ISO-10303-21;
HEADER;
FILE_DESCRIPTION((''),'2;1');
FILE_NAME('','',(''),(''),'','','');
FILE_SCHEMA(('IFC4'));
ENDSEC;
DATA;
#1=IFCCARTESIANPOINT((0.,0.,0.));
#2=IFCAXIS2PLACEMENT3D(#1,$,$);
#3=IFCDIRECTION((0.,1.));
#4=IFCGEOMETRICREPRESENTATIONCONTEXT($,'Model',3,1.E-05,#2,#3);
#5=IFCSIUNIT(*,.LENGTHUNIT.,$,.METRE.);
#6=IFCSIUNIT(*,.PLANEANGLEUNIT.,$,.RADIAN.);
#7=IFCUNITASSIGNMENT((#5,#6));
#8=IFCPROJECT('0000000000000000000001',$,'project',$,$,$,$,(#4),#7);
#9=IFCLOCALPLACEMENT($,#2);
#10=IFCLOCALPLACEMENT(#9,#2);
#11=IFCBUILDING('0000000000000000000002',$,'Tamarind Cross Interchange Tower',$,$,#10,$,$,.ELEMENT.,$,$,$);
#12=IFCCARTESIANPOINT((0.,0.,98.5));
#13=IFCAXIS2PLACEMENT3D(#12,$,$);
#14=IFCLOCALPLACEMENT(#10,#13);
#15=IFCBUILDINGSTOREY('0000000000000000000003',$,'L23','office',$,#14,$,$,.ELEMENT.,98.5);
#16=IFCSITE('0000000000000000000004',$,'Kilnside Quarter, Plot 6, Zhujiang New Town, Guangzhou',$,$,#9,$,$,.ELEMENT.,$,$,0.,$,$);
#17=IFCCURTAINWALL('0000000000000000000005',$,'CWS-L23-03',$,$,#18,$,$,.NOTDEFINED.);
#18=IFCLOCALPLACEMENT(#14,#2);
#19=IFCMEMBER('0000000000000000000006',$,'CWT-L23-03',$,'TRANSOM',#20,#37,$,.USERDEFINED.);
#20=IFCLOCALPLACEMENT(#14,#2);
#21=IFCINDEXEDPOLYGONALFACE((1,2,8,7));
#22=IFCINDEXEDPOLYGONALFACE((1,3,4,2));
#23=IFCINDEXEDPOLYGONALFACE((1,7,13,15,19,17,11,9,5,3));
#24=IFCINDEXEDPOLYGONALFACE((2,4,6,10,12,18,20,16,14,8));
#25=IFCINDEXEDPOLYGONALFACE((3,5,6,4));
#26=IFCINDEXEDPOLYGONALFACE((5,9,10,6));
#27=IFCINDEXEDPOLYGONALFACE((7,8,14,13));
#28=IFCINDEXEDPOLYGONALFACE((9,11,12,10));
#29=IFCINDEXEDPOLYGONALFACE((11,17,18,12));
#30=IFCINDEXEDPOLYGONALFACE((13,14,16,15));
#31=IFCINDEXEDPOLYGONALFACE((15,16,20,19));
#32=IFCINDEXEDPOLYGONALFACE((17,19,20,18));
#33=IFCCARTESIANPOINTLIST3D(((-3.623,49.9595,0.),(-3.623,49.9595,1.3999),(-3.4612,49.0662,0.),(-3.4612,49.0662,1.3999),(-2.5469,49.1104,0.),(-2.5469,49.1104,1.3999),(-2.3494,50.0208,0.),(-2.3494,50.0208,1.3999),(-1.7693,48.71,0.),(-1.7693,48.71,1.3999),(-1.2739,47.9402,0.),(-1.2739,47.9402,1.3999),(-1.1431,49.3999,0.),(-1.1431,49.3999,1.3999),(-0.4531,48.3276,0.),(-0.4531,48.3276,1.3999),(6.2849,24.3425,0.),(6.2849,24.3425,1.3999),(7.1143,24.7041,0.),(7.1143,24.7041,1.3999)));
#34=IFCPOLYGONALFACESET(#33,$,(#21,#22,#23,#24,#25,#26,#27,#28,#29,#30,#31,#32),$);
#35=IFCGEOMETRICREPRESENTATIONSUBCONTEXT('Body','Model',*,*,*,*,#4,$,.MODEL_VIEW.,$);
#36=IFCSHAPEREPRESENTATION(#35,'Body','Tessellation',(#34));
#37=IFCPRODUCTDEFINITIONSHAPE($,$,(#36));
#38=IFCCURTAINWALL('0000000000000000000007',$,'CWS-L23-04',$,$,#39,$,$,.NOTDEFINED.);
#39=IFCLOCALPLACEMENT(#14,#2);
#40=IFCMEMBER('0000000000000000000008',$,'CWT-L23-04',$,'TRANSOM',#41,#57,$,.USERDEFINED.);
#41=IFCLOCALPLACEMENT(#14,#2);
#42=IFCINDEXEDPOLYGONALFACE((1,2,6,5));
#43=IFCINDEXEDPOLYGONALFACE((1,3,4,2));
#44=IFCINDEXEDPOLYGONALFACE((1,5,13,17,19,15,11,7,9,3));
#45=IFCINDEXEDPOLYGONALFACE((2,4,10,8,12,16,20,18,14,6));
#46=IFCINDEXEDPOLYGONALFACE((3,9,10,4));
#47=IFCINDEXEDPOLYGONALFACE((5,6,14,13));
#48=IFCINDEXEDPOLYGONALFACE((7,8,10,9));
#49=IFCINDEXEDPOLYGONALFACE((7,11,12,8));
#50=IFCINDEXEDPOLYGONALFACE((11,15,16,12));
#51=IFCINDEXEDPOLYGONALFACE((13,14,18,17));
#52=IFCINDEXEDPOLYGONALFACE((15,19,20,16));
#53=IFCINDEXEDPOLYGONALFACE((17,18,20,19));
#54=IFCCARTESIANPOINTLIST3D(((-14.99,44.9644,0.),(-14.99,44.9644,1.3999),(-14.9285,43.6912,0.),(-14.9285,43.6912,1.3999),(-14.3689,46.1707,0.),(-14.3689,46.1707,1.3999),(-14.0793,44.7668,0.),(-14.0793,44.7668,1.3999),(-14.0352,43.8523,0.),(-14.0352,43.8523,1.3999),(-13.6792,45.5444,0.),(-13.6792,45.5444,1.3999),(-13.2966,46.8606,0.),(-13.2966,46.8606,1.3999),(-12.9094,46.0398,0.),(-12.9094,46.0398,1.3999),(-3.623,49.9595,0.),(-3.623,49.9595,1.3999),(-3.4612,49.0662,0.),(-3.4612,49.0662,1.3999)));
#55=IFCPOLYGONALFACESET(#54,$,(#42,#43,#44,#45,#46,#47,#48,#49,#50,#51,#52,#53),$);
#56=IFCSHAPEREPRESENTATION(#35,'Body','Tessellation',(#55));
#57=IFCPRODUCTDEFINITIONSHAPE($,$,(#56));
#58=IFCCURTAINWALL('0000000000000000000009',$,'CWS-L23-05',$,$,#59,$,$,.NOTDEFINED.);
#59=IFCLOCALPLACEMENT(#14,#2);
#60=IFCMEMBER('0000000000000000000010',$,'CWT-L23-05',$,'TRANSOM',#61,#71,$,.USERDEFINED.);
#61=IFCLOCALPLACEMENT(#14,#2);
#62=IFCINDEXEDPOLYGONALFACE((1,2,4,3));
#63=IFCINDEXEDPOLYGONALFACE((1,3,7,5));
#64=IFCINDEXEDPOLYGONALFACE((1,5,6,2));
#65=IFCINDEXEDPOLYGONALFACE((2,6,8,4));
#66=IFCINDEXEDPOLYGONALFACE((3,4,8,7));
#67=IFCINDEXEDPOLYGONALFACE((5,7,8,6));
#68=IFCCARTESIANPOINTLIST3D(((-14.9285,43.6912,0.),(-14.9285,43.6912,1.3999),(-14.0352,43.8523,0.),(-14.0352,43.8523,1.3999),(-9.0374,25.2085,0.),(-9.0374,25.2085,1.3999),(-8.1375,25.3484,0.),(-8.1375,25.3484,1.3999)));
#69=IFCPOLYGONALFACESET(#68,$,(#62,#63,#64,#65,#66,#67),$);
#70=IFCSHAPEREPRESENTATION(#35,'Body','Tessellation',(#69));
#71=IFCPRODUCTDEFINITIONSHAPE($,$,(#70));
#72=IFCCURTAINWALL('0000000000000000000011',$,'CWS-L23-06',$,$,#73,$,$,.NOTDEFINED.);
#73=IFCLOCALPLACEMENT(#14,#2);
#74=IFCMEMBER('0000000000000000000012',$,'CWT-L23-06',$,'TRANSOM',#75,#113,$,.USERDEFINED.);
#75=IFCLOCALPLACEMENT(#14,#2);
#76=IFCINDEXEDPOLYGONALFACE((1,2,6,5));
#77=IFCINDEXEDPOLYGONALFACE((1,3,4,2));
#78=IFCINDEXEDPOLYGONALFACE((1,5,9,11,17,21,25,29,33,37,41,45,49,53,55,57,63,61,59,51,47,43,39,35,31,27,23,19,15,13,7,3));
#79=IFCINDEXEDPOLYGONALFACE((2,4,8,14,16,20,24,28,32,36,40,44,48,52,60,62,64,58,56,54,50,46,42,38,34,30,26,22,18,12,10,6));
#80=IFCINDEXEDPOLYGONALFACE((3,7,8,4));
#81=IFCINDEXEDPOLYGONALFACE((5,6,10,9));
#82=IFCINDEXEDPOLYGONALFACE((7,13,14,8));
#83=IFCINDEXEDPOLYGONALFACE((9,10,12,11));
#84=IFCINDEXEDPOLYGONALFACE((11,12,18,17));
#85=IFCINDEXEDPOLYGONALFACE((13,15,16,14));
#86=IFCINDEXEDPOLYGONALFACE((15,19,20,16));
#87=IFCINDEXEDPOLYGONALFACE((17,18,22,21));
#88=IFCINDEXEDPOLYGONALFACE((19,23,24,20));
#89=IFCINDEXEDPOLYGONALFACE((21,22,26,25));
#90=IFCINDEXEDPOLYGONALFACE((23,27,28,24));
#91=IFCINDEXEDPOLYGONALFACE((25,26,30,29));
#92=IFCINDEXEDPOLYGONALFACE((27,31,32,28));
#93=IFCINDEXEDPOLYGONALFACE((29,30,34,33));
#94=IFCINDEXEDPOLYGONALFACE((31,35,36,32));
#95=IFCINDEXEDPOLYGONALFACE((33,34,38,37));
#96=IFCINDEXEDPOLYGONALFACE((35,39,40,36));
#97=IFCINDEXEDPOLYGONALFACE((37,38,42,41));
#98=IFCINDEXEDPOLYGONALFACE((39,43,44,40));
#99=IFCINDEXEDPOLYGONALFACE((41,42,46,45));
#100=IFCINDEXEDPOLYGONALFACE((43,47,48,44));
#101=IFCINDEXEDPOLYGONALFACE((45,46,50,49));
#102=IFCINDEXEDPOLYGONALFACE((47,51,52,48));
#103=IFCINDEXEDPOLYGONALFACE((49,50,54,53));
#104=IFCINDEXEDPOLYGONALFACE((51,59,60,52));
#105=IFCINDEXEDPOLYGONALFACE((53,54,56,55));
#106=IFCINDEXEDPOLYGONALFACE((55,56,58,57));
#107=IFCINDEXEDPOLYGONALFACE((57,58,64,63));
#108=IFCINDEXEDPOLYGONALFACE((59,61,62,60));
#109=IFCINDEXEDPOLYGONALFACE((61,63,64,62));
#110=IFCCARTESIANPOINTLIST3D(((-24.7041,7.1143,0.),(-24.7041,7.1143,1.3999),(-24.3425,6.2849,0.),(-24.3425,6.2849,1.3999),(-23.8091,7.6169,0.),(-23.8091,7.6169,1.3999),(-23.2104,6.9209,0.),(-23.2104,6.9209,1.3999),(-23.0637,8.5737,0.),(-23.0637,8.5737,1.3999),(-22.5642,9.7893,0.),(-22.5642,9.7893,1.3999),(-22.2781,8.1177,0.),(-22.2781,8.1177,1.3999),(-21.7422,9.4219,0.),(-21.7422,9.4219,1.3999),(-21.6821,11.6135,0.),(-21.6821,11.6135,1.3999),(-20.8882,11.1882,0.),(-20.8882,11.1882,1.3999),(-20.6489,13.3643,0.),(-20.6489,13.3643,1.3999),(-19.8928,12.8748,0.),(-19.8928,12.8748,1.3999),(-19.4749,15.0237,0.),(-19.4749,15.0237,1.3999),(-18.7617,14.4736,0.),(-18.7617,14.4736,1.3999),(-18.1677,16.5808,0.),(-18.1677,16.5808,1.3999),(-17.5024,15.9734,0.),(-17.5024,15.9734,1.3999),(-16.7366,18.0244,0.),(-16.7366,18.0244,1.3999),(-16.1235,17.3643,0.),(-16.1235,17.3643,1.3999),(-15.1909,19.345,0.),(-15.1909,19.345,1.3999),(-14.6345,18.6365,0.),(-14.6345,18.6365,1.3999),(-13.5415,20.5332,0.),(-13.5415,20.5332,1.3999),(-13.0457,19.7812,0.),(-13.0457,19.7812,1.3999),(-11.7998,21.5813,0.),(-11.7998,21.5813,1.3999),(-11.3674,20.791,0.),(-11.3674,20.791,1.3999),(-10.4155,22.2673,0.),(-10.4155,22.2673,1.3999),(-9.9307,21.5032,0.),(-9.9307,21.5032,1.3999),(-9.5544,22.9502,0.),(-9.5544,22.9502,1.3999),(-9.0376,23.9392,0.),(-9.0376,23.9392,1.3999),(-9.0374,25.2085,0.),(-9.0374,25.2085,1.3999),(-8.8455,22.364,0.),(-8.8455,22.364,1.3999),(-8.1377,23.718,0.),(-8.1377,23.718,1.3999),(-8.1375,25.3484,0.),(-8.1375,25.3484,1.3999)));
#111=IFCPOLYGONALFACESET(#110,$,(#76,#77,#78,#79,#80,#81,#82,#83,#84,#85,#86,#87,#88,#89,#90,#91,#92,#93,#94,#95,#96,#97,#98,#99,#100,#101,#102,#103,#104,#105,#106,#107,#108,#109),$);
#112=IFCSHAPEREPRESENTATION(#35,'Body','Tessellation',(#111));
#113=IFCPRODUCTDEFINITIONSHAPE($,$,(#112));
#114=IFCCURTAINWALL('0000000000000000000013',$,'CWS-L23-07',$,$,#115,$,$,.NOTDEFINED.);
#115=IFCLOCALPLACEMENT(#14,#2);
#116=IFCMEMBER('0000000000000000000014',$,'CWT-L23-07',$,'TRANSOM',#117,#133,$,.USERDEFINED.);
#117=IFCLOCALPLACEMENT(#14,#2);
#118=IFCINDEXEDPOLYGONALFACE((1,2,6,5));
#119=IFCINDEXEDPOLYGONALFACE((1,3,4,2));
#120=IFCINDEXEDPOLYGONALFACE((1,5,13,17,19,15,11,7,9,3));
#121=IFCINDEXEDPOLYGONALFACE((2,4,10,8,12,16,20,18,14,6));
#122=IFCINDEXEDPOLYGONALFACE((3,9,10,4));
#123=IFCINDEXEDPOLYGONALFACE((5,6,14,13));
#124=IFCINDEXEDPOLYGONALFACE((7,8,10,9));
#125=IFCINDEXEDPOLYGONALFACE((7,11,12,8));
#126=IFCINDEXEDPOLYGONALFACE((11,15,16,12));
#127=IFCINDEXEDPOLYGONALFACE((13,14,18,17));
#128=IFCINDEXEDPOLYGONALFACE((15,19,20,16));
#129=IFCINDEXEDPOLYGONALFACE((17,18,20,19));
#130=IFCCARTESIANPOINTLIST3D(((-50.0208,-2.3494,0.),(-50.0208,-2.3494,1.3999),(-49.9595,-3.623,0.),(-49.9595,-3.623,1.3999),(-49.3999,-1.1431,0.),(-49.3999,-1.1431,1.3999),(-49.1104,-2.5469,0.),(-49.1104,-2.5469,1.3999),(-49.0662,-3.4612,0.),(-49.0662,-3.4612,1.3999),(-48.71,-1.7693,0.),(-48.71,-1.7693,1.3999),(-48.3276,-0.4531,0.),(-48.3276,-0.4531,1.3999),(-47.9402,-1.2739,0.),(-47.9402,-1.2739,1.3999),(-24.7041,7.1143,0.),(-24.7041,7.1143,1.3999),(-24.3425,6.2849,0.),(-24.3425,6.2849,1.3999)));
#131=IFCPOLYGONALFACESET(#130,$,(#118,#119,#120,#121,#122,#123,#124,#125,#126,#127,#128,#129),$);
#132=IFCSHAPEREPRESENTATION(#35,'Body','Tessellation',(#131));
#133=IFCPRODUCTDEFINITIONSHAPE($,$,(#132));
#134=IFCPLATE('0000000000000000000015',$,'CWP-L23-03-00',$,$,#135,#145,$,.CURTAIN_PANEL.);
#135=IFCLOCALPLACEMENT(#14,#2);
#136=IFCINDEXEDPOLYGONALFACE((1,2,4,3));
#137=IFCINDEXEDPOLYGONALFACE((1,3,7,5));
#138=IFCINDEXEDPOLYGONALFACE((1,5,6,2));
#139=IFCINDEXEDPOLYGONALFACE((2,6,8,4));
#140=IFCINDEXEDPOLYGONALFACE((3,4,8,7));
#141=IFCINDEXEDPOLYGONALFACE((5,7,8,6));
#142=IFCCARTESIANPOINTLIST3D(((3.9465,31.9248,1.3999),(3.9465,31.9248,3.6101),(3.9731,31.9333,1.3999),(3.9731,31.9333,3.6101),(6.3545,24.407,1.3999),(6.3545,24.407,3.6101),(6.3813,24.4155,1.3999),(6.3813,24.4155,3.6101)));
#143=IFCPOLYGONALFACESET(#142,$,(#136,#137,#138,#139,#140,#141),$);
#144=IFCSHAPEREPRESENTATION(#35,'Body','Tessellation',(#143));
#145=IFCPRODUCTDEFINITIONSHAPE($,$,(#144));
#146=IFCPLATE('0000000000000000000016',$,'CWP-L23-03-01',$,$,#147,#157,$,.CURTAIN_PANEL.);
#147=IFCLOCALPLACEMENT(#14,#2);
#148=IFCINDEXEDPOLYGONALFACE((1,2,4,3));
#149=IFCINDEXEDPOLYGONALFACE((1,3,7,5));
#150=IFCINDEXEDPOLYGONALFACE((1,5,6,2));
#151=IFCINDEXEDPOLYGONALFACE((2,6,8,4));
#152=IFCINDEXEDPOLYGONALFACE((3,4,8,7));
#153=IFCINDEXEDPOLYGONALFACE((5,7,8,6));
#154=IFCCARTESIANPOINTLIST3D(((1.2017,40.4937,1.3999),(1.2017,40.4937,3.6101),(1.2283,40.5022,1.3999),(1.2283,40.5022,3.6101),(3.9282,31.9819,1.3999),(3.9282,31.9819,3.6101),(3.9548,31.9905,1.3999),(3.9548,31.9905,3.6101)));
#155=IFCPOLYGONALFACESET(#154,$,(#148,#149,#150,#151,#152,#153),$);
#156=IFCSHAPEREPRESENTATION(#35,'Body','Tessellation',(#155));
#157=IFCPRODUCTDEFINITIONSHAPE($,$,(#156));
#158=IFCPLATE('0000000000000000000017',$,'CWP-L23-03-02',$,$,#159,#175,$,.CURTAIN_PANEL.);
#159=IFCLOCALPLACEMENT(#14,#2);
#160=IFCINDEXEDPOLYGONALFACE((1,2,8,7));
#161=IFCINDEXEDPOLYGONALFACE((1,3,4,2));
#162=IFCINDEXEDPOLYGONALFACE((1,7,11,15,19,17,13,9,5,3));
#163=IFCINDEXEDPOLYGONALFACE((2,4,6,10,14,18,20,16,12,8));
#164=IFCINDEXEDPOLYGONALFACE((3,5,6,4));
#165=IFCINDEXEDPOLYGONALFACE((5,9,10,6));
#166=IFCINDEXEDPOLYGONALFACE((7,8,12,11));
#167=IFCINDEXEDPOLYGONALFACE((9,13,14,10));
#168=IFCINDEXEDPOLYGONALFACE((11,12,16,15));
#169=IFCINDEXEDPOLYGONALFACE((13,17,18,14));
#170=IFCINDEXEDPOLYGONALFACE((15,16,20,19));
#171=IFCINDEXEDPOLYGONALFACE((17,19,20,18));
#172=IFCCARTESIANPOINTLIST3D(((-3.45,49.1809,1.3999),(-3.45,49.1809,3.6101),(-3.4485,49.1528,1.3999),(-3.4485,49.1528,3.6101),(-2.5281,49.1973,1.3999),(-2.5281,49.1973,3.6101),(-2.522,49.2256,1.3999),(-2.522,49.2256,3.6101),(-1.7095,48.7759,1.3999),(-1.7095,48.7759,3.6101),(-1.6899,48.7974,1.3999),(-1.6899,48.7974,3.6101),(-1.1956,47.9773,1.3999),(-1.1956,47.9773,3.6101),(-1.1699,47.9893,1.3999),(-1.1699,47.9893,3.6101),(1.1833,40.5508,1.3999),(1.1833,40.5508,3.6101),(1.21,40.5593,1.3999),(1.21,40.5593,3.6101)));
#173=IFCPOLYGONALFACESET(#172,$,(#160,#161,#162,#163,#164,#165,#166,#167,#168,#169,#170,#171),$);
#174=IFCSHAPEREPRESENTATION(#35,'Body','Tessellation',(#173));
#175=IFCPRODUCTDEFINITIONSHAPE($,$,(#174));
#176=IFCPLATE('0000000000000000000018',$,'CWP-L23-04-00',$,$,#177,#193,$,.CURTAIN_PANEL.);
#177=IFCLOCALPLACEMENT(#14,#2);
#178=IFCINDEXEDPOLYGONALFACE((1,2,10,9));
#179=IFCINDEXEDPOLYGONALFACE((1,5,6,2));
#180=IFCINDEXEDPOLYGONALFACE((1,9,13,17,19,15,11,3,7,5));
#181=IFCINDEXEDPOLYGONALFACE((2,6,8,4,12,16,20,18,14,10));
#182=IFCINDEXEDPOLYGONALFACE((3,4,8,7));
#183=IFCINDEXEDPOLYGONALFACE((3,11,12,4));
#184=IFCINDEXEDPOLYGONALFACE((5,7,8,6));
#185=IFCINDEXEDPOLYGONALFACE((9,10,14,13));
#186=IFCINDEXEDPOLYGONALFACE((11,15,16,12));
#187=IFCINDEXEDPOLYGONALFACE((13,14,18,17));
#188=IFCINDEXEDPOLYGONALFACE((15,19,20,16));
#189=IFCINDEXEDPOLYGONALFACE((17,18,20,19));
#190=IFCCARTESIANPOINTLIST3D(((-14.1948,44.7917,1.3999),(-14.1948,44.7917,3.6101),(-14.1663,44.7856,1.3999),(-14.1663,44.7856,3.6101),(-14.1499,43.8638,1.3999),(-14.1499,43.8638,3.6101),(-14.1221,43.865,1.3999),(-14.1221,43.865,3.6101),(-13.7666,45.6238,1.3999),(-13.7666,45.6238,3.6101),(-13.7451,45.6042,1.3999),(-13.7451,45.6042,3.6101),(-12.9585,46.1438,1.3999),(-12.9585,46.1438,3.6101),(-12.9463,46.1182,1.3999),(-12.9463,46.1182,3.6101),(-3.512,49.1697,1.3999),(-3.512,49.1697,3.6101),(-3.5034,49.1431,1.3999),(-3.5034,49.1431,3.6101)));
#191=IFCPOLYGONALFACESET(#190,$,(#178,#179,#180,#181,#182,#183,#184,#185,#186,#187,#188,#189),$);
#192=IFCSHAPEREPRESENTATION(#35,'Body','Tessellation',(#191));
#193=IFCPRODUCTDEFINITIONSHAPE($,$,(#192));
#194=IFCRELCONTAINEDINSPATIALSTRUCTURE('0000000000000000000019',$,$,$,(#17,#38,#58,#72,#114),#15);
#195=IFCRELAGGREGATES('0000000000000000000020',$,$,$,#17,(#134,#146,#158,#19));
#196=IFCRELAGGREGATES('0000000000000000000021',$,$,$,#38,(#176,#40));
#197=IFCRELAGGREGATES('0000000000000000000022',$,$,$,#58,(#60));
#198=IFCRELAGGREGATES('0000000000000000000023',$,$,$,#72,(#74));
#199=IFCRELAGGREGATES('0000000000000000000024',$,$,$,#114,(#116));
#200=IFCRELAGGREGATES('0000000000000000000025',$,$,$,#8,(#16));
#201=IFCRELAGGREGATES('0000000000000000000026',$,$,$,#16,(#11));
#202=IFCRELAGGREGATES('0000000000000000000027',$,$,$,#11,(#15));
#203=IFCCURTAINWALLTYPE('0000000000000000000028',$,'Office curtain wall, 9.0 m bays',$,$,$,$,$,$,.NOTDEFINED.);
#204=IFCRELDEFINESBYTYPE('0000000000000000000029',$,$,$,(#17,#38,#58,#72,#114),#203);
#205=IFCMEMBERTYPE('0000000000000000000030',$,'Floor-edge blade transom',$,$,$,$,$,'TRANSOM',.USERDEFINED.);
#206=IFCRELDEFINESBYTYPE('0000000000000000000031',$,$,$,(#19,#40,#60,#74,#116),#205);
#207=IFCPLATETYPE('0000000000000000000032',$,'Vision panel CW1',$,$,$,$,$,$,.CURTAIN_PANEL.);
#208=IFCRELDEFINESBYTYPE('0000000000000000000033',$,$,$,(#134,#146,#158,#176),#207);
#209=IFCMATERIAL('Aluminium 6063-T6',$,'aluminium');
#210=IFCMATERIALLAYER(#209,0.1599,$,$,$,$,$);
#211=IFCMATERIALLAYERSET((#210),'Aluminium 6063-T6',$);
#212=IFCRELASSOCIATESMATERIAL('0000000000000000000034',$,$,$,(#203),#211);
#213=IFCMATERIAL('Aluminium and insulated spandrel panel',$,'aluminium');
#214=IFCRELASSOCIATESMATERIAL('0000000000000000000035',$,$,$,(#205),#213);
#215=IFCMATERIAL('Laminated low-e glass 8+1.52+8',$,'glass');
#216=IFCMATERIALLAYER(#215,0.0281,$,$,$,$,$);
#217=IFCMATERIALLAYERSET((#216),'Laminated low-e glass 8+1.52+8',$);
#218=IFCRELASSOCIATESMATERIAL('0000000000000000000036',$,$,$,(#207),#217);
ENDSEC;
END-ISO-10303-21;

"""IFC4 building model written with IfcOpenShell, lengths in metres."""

from ifc_helpers import new_model, si_unit, direction, frame, origin, place, context, subcontext, project, spatial, polyline, outline, extrude, material, layer, layer_set, type_object, element, aggregate, save


model = new_model("IFC4")

# Units and contexts
model_context = context("Model", 3, precision=1e-05, world=origin(), true_north=direction((0.0, 1.0)))
body_context = subcontext(model_context, "Body", "Model", "MODEL_VIEW")
ifc_project = project(units=[si_unit("LENGTHUNIT", "METRE"), si_unit("PLANEANGLEUNIT", "RADIAN")], contexts=[model_context])

# Site, building, storey
site_placement = place(None, origin())
site = spatial("IfcSite", under=ifc_project, at=site_placement, Name="Kilnside Quarter, Plot 6, Zhujiang New Town, Guangzhou", CompositionType="ELEMENT", RefElevation=0.0)
building_placement = place(site_placement, origin())
building = spatial("IfcBuilding", under=site, at=building_placement, Name="Tamarind Cross Interchange Tower", CompositionType="ELEMENT")
storey_placement = place(building_placement, frame((0.0, 0.0, 98.5)))
storey = spatial("IfcBuildingStorey", under=building, at=storey_placement, Name="L23", Description="office", CompositionType="ELEMENT", Elevation=98.5)

# Curtain walls, members
ifc_material_1 = material(Name="Aluminium 6063-T6", Category="aluminium")
ifc_layer_1 = layer(ifc_material_1, 0.1599)
ifc_layer_set_1 = layer_set([ifc_layer_1], Name="Aluminium 6063-T6")
curtain_wall_type = type_object("IfcCurtainWallType", Name="Office curtain wall, 9.0 m bays", PredefinedType="NOTDEFINED", material=ifc_layer_set_1)
curtain_wall_1_placement = place(storey_placement, origin())
curtain_wall_1 = element("IfcCurtainWall", 1, at=curtain_wall_1_placement, inside=storey, type_object=curtain_wall_type, Name="CWS-L23-03", PredefinedType="NOTDEFINED")
ifc_material_2 = material(Name="Aluminium and insulated spandrel panel", Category="aluminium")
member_type = type_object("IfcMemberType", Name="Floor-edge blade transom", ElementType="TRANSOM", PredefinedType="USERDEFINED", material=ifc_material_2)
member_1_placement = place(storey_placement, origin())
member_1 = element("IfcMember", 2, at=member_1_placement, type_object=member_type, Name="CWT-L23-03", ObjectType="TRANSOM", PredefinedType="USERDEFINED", context=body_context, shape_type="SweptSolid", body=[
    extrude(outline(polyline([(6.2849, 24.3425), (-1.2739, 47.9402), (-1.7693, 48.71), (-2.5469, 49.1104), (-3.4612, 49.0662), (-3.623, 49.9595), (-2.3494, 50.0208), (-1.1431, 49.3999), (-0.4531, 48.3276), (7.1143, 24.7041), (6.2849, 24.3425)])), origin(), (0.0, 0.0, 1.0), 1.3999),
])
curtain_wall_2_placement = place(storey_placement, origin())
curtain_wall_2 = element("IfcCurtainWall", 3, at=curtain_wall_2_placement, inside=storey, type_object=curtain_wall_type, Name="CWS-L23-04", PredefinedType="NOTDEFINED")
member_2_placement = place(storey_placement, origin())
member_2 = element("IfcMember", 4, at=member_2_placement, type_object=member_type, Name="CWT-L23-04", ObjectType="TRANSOM", PredefinedType="USERDEFINED", context=body_context, shape_type="SweptSolid", body=[
    extrude(outline(polyline([(-3.4612, 49.0662), (-12.9094, 46.0398), (-13.6792, 45.5444), (-14.0793, 44.7668), (-14.0352, 43.8523), (-14.9285, 43.6912), (-14.99, 44.9644), (-14.3689, 46.1707), (-13.2966, 46.8606), (-3.623, 49.9595), (-3.4612, 49.0662)])), origin(), (0.0, 0.0, 1.0), 1.3999),
])
curtain_wall_3_placement = place(storey_placement, origin())
curtain_wall_3 = element("IfcCurtainWall", 5, at=curtain_wall_3_placement, inside=storey, type_object=curtain_wall_type, Name="CWS-L23-05", PredefinedType="NOTDEFINED")
member_3_placement = place(storey_placement, origin())
member_3 = element("IfcMember", 6, at=member_3_placement, type_object=member_type, Name="CWT-L23-05", ObjectType="TRANSOM", PredefinedType="USERDEFINED", context=body_context, shape_type="SweptSolid", body=[
    extrude(outline(polyline([(-14.0352, 43.8523), (-8.1375, 25.3484), (-9.0374, 25.2085), (-14.9285, 43.6912), (-14.0352, 43.8523)])), origin(), (0.0, 0.0, 1.0), 1.3999),
])
curtain_wall_4_placement = place(storey_placement, origin())
curtain_wall_4 = element("IfcCurtainWall", 7, at=curtain_wall_4_placement, inside=storey, type_object=curtain_wall_type, Name="CWS-L23-06", PredefinedType="NOTDEFINED")
member_4_placement = place(storey_placement, origin())
member_4 = element("IfcMember", 8, at=member_4_placement, type_object=member_type, Name="CWT-L23-06", ObjectType="TRANSOM", PredefinedType="USERDEFINED", context=body_context, shape_type="SweptSolid", body=[
    extrude(outline(polyline([(-8.1375, 25.3484), (-8.1377, 23.718), (-8.8455, 22.364), (-9.9307, 21.5032), (-11.3674, 20.791), (-13.0457, 19.7812), (-14.6345, 18.6365), (-16.1235, 17.3643), (-17.5024, 15.9734), (-18.7617, 14.4736), (-19.8928, 12.8748), (-20.8882, 11.1882), (-21.7422, 9.4219), (-22.2781, 8.1177), (-23.2104, 6.9209), (-24.3425, 6.2849), (-24.7041, 7.1143), (-23.8091, 7.6169), (-23.0637, 8.5737), (-22.5642, 9.7893), (-21.6821, 11.6135), (-20.6489, 13.3643), (-19.4749, 15.0237), (-18.1677, 16.5808), (-16.7366, 18.0244), (-15.1909, 19.345), (-13.5415, 20.5332), (-11.7998, 21.5813), (-10.4155, 22.2673), (-9.5544, 22.9502), (-9.0376, 23.9392), (-9.0374, 25.2085), (-8.1375, 25.3484)])), origin(), (0.0, 0.0, 1.0), 1.3999),
])
curtain_wall_5_placement = place(storey_placement, origin())
curtain_wall_5 = element("IfcCurtainWall", 9, at=curtain_wall_5_placement, inside=storey, type_object=curtain_wall_type, Name="CWS-L23-07", PredefinedType="NOTDEFINED")
member_5_placement = place(storey_placement, origin())
member_5 = element("IfcMember", 10, at=member_5_placement, type_object=member_type, Name="CWT-L23-07", ObjectType="TRANSOM", PredefinedType="USERDEFINED", context=body_context, shape_type="SweptSolid", body=[
    extrude(outline(polyline([(-24.3425, 6.2849), (-47.9402, -1.2739), (-48.71, -1.7693), (-49.1104, -2.5469), (-49.0662, -3.4612), (-49.9595, -3.623), (-50.0208, -2.3494), (-49.3999, -1.1431), (-48.3276, -0.4531), (-24.7041, 7.1143), (-24.3425, 6.2849)])), origin(), (0.0, 0.0, 1.0), 1.3999),
])

# Plates
ifc_material_3 = material(Name="Laminated low-e glass 8+1.52+8", Category="glass")
ifc_layer_2 = layer(ifc_material_3, 0.0281)
ifc_layer_set_2 = layer_set([ifc_layer_2], Name="Laminated low-e glass 8+1.52+8")
plate_type = type_object("IfcPlateType", Name="Vision panel CW1", PredefinedType="CURTAIN_PANEL", material=ifc_layer_set_2)
plate_1_placement = place(storey_placement, frame((0.0, 0.0, 1.3999)))
plate_1 = element("IfcPlate", 11, at=plate_1_placement, type_object=plate_type, Name="CWP-L23-03-00", PredefinedType="CURTAIN_PANEL", context=body_context, shape_type="SweptSolid", body=[
    extrude(outline(polyline([(6.3545, 24.407), (3.9465, 31.9248), (3.9731, 31.9333), (6.3813, 24.4155), (6.3545, 24.407)])), origin(), (0.0, 0.0, 1.0), 2.2102),
])
plate_2_placement = place(storey_placement, frame((0.0, 0.0, 1.3999)))
plate_2 = element("IfcPlate", 12, at=plate_2_placement, type_object=plate_type, Name="CWP-L23-03-01", PredefinedType="CURTAIN_PANEL", context=body_context, shape_type="SweptSolid", body=[
    extrude(outline(polyline([(3.9282, 31.9819), (1.2017, 40.4937), (1.2283, 40.5022), (3.9548, 31.9905), (3.9282, 31.9819)])), origin(), (0.0, 0.0, 1.0), 2.2102),
])
plate_3_placement = place(storey_placement, frame((0.0, 0.0, 1.3999)))
plate_3 = element("IfcPlate", 13, at=plate_3_placement, type_object=plate_type, Name="CWP-L23-03-02", PredefinedType="CURTAIN_PANEL", context=body_context, shape_type="SweptSolid", body=[
    extrude(outline(polyline([(1.1833, 40.5508), (-1.1956, 47.9773), (-1.7095, 48.7759), (-2.5281, 49.1973), (-3.4485, 49.1528), (-3.45, 49.1809), (-2.522, 49.2256), (-1.6899, 48.7974), (-1.1699, 47.9893), (1.21, 40.5593), (1.1833, 40.5508)])), origin(), (0.0, 0.0, 1.0), 2.2102),
])
aggregate(curtain_wall_1, [plate_1, plate_2, plate_3, member_1])
plate_4_placement = place(storey_placement, frame((0.0, 0.0, 1.3999)))
plate_4 = element("IfcPlate", 14, at=plate_4_placement, type_object=plate_type, Name="CWP-L23-04-00", PredefinedType="CURTAIN_PANEL", context=body_context, shape_type="SweptSolid", body=[
    extrude(outline(polyline([(-3.5034, 49.1431), (-12.9463, 46.1182), (-13.7451, 45.6042), (-14.1663, 44.7856), (-14.1221, 43.865), (-14.1499, 43.8638), (-14.1948, 44.7917), (-13.7666, 45.6238), (-12.9585, 46.1438), (-3.512, 49.1697), (-3.5034, 49.1431)])), origin(), (0.0, 0.0, 1.0), 2.2102),
])
aggregate(curtain_wall_2, [plate_4, member_2])
aggregate(curtain_wall_3, [member_3])
aggregate(curtain_wall_4, [member_4])
aggregate(curtain_wall_5, [member_5])

save(model, "model.ifc")
